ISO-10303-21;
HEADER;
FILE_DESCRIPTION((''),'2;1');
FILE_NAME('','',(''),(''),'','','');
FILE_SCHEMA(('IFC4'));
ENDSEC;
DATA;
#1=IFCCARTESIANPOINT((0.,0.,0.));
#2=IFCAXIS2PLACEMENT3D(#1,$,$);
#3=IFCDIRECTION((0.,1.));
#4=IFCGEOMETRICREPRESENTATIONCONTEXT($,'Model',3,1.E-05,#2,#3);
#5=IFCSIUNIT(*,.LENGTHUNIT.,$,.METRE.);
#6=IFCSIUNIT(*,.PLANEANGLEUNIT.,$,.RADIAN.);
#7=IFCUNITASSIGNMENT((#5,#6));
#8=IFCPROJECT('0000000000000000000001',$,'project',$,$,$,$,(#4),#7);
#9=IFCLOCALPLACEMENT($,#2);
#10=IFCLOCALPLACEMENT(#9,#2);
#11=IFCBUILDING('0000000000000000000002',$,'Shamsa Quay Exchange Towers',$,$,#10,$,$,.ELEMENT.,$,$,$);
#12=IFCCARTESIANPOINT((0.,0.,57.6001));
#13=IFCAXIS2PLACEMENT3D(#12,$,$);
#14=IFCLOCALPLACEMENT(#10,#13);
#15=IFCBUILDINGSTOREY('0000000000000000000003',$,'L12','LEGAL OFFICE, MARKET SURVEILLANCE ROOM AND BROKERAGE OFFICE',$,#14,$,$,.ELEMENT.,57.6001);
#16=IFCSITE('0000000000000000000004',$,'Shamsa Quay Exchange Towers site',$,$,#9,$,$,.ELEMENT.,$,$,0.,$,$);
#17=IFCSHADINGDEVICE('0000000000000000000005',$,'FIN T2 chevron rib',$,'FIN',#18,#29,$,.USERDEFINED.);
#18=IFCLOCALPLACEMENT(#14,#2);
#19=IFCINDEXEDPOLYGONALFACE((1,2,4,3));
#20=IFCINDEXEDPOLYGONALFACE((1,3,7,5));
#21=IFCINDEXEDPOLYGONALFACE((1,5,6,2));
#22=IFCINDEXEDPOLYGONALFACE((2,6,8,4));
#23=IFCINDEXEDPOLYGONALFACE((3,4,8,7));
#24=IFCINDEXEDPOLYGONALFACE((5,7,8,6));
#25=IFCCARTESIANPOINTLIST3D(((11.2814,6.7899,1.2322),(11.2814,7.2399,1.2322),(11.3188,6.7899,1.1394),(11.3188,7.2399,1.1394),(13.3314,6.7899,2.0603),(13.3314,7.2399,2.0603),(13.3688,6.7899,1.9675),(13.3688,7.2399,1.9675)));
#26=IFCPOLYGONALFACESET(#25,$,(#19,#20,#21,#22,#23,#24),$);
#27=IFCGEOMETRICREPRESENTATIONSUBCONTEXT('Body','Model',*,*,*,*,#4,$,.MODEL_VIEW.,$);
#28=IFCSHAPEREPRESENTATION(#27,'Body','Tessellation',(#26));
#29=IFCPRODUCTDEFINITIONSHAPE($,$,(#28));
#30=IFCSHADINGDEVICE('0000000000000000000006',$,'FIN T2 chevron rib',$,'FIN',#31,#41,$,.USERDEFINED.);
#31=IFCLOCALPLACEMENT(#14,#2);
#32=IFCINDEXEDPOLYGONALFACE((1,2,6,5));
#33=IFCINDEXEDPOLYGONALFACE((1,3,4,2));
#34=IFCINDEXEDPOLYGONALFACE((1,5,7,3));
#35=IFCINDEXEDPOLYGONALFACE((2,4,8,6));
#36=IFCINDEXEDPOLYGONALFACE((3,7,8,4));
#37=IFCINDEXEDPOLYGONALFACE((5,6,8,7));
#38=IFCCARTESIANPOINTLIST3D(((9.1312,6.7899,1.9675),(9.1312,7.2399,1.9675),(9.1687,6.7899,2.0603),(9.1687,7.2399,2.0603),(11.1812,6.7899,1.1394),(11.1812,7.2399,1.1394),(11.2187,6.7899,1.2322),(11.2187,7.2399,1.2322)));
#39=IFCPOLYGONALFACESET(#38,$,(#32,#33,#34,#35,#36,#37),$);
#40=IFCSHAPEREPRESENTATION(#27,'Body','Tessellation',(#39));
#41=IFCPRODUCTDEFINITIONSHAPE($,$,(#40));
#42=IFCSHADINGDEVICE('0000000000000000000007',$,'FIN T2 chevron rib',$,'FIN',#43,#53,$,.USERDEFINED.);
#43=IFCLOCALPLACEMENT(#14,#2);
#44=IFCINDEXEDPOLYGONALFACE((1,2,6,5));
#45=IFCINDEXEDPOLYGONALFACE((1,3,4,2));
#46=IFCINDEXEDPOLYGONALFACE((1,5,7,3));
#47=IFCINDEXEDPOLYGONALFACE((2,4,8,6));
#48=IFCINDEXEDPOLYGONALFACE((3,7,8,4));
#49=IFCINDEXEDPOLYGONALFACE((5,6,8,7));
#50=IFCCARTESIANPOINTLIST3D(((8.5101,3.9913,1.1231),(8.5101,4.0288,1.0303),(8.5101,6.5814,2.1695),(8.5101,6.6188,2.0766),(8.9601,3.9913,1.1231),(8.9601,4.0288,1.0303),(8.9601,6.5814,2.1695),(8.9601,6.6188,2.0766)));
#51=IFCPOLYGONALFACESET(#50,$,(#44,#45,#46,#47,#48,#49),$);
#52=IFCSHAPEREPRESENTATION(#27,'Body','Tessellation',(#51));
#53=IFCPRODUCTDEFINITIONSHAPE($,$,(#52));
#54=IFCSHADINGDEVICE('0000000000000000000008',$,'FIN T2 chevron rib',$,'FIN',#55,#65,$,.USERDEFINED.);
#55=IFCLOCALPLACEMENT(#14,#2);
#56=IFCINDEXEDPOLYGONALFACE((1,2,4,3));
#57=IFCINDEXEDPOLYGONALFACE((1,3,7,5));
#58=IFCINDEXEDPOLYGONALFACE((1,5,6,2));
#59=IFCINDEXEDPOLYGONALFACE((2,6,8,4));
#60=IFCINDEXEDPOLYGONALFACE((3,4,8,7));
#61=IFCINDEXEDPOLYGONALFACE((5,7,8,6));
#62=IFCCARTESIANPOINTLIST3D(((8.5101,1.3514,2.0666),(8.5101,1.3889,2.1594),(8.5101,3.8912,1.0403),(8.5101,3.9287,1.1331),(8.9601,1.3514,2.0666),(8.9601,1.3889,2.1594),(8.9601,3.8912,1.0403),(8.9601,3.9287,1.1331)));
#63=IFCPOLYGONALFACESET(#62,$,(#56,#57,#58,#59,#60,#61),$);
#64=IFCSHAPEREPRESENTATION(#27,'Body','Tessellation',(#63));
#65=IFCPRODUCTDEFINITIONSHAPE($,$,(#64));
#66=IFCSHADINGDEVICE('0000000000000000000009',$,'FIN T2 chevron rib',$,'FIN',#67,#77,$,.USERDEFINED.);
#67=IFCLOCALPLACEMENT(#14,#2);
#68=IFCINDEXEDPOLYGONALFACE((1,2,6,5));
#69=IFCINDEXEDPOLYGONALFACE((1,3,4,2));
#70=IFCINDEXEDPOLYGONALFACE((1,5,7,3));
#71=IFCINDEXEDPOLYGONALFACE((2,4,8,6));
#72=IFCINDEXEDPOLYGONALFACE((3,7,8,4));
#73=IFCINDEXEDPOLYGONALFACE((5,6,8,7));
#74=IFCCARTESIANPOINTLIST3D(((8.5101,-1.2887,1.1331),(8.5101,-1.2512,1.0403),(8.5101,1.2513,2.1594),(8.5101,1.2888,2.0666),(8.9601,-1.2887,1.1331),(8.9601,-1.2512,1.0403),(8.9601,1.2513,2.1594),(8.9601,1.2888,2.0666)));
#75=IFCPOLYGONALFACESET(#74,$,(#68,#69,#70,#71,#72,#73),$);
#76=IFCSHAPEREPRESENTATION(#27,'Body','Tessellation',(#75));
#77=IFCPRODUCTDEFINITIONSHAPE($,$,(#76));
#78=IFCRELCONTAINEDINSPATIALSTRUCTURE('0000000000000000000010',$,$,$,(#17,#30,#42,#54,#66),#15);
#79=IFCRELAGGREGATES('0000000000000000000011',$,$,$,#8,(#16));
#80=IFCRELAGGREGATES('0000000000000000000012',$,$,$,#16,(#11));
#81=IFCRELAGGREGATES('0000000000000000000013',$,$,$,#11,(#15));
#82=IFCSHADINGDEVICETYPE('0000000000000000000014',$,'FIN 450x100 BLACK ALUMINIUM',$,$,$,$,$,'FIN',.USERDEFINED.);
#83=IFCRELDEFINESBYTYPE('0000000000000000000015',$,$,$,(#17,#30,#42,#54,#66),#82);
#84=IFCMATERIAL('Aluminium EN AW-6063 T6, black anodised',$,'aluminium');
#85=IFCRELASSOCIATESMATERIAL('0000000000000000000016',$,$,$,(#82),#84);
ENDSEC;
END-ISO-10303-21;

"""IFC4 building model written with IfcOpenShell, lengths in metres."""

from ifc_helpers import new_model, si_unit, direction, frame, origin, origin_2d, place, context, subcontext, project, spatial, rectangle, extrude, material, material_profile, profile_set, type_object, element, save


model = new_model("IFC4")

# Units and contexts
model_context = context("Model", 3, precision=1e-05, world=origin(), true_north=direction((0.0, 1.0)))
body_context = subcontext(model_context, "Body", "Model", "MODEL_VIEW")
ifc_project = project(units=[si_unit("LENGTHUNIT", "METRE"), si_unit("PLANEANGLEUNIT", "RADIAN")], contexts=[model_context])

# Site, building, storey
site_placement = place(None, origin())
site = spatial("IfcSite", under=ifc_project, at=site_placement, Name="Shamsa Quay Exchange Towers site", CompositionType="ELEMENT", RefElevation=0.0)
building_placement = place(site_placement, origin())
building = spatial("IfcBuilding", under=site, at=building_placement, Name="Shamsa Quay Exchange Towers", CompositionType="ELEMENT")
storey_placement = place(building_placement, frame((0.0, 0.0, 57.6001)))
storey = spatial("IfcBuildingStorey", under=building, at=storey_placement, Name="L12", Description="LEGAL OFFICE, MARKET SURVEILLANCE ROOM AND BROKERAGE OFFICE", CompositionType="ELEMENT", Elevation=57.6001)

# Shared definitions
ifc_material_1 = material(Name="Aluminium EN AW-6063 T6, black anodised", Category="aluminium")

# Shading devices
ifc_material_profile_1 = material_profile(ifc_material_1, rectangle(XDim=0.45, YDim=0.1001, at=origin_2d()), Name="FIN450x100")
ifc_profile_set_1 = profile_set([ifc_material_profile_1], Name="Aluminium EN AW-6063 T6, black anodised")
shading_device_type = type_object("IfcShadingDeviceType", Name="FIN 450x100 BLACK ALUMINIUM", ElementType="FIN", PredefinedType="USERDEFINED", material=ifc_profile_set_1)
for number, where, z_axis, x_axis, name in (
    (1, (13.3501, 7.0149, 2.0139), (-0.927207, 0.0, -0.374549), (0.0, -1.0, 0.0), "FIN T2 chevron rib"),
    (2, (11.2, 7.0149, 1.1858), (-0.927207, 0.0, 0.374549), (0.0, -1.0, 0.0), "FIN T2 chevron rib"),
):
    element("IfcShadingDevice", number, at=place(storey_placement, frame(where, z_axis=z_axis, x_axis=x_axis)), inside=storey, type_object=shading_device_type, Name=name, ObjectType="FIN", PredefinedType="USERDEFINED", context=body_context, shape_type="SweptSolid", body=[
        extrude(rectangle(XDim=0.45, YDim=0.1001, at=origin_2d()), origin(), (0.0, 0.0, 1.0), 2.2109),
    ])
shading_device_1_placement = place(storey_placement, frame((8.7351, 6.6001, 2.123), z_axis=(0.0, -0.927193, -0.374583), x_axis=(1.0, 0.0, 0.0)))
element("IfcShadingDevice", 3, at=shading_device_1_placement, inside=storey, type_object=shading_device_type, Name="FIN T2 chevron rib", ObjectType="FIN", PredefinedType="USERDEFINED", context=body_context, shape_type="SweptSolid", body=[
    extrude(rectangle(XDim=0.45, YDim=0.1001, at=origin_2d()), origin(), (0.0, 0.0, 1.0), 2.7935),
])
shading_device_2_placement = place(storey_placement, frame((8.7351, 3.9099, 1.0867), z_axis=(0.0, -0.927156, 0.374677), x_axis=(1.0, 0.0, 0.0)))
element("IfcShadingDevice", 4, at=shading_device_2_placement, inside=storey, type_object=shading_device_type, Name="FIN T2 chevron rib", ObjectType="FIN", PredefinedType="USERDEFINED", context=body_context, shape_type="SweptSolid", body=[
    extrude(rectangle(XDim=0.45, YDim=0.1001, at=origin_2d()), origin(), (0.0, 0.0, 1.0), 2.7393),
])
shading_device_3_placement = place(storey_placement, frame((8.7351, 1.27, 2.113), z_axis=(0.0, -0.927168, -0.374646), x_axis=(1.0, 0.0, 0.0)))
element("IfcShadingDevice", 5, at=shading_device_3_placement, inside=storey, type_object=shading_device_type, Name="FIN T2 chevron rib", ObjectType="FIN", PredefinedType="USERDEFINED", context=body_context, shape_type="SweptSolid", body=[
    extrude(rectangle(XDim=0.45, YDim=0.1001, at=origin_2d()), origin(), (0.0, 0.0, 1.0), 2.7395),
])

save(model, "model.ifc")
